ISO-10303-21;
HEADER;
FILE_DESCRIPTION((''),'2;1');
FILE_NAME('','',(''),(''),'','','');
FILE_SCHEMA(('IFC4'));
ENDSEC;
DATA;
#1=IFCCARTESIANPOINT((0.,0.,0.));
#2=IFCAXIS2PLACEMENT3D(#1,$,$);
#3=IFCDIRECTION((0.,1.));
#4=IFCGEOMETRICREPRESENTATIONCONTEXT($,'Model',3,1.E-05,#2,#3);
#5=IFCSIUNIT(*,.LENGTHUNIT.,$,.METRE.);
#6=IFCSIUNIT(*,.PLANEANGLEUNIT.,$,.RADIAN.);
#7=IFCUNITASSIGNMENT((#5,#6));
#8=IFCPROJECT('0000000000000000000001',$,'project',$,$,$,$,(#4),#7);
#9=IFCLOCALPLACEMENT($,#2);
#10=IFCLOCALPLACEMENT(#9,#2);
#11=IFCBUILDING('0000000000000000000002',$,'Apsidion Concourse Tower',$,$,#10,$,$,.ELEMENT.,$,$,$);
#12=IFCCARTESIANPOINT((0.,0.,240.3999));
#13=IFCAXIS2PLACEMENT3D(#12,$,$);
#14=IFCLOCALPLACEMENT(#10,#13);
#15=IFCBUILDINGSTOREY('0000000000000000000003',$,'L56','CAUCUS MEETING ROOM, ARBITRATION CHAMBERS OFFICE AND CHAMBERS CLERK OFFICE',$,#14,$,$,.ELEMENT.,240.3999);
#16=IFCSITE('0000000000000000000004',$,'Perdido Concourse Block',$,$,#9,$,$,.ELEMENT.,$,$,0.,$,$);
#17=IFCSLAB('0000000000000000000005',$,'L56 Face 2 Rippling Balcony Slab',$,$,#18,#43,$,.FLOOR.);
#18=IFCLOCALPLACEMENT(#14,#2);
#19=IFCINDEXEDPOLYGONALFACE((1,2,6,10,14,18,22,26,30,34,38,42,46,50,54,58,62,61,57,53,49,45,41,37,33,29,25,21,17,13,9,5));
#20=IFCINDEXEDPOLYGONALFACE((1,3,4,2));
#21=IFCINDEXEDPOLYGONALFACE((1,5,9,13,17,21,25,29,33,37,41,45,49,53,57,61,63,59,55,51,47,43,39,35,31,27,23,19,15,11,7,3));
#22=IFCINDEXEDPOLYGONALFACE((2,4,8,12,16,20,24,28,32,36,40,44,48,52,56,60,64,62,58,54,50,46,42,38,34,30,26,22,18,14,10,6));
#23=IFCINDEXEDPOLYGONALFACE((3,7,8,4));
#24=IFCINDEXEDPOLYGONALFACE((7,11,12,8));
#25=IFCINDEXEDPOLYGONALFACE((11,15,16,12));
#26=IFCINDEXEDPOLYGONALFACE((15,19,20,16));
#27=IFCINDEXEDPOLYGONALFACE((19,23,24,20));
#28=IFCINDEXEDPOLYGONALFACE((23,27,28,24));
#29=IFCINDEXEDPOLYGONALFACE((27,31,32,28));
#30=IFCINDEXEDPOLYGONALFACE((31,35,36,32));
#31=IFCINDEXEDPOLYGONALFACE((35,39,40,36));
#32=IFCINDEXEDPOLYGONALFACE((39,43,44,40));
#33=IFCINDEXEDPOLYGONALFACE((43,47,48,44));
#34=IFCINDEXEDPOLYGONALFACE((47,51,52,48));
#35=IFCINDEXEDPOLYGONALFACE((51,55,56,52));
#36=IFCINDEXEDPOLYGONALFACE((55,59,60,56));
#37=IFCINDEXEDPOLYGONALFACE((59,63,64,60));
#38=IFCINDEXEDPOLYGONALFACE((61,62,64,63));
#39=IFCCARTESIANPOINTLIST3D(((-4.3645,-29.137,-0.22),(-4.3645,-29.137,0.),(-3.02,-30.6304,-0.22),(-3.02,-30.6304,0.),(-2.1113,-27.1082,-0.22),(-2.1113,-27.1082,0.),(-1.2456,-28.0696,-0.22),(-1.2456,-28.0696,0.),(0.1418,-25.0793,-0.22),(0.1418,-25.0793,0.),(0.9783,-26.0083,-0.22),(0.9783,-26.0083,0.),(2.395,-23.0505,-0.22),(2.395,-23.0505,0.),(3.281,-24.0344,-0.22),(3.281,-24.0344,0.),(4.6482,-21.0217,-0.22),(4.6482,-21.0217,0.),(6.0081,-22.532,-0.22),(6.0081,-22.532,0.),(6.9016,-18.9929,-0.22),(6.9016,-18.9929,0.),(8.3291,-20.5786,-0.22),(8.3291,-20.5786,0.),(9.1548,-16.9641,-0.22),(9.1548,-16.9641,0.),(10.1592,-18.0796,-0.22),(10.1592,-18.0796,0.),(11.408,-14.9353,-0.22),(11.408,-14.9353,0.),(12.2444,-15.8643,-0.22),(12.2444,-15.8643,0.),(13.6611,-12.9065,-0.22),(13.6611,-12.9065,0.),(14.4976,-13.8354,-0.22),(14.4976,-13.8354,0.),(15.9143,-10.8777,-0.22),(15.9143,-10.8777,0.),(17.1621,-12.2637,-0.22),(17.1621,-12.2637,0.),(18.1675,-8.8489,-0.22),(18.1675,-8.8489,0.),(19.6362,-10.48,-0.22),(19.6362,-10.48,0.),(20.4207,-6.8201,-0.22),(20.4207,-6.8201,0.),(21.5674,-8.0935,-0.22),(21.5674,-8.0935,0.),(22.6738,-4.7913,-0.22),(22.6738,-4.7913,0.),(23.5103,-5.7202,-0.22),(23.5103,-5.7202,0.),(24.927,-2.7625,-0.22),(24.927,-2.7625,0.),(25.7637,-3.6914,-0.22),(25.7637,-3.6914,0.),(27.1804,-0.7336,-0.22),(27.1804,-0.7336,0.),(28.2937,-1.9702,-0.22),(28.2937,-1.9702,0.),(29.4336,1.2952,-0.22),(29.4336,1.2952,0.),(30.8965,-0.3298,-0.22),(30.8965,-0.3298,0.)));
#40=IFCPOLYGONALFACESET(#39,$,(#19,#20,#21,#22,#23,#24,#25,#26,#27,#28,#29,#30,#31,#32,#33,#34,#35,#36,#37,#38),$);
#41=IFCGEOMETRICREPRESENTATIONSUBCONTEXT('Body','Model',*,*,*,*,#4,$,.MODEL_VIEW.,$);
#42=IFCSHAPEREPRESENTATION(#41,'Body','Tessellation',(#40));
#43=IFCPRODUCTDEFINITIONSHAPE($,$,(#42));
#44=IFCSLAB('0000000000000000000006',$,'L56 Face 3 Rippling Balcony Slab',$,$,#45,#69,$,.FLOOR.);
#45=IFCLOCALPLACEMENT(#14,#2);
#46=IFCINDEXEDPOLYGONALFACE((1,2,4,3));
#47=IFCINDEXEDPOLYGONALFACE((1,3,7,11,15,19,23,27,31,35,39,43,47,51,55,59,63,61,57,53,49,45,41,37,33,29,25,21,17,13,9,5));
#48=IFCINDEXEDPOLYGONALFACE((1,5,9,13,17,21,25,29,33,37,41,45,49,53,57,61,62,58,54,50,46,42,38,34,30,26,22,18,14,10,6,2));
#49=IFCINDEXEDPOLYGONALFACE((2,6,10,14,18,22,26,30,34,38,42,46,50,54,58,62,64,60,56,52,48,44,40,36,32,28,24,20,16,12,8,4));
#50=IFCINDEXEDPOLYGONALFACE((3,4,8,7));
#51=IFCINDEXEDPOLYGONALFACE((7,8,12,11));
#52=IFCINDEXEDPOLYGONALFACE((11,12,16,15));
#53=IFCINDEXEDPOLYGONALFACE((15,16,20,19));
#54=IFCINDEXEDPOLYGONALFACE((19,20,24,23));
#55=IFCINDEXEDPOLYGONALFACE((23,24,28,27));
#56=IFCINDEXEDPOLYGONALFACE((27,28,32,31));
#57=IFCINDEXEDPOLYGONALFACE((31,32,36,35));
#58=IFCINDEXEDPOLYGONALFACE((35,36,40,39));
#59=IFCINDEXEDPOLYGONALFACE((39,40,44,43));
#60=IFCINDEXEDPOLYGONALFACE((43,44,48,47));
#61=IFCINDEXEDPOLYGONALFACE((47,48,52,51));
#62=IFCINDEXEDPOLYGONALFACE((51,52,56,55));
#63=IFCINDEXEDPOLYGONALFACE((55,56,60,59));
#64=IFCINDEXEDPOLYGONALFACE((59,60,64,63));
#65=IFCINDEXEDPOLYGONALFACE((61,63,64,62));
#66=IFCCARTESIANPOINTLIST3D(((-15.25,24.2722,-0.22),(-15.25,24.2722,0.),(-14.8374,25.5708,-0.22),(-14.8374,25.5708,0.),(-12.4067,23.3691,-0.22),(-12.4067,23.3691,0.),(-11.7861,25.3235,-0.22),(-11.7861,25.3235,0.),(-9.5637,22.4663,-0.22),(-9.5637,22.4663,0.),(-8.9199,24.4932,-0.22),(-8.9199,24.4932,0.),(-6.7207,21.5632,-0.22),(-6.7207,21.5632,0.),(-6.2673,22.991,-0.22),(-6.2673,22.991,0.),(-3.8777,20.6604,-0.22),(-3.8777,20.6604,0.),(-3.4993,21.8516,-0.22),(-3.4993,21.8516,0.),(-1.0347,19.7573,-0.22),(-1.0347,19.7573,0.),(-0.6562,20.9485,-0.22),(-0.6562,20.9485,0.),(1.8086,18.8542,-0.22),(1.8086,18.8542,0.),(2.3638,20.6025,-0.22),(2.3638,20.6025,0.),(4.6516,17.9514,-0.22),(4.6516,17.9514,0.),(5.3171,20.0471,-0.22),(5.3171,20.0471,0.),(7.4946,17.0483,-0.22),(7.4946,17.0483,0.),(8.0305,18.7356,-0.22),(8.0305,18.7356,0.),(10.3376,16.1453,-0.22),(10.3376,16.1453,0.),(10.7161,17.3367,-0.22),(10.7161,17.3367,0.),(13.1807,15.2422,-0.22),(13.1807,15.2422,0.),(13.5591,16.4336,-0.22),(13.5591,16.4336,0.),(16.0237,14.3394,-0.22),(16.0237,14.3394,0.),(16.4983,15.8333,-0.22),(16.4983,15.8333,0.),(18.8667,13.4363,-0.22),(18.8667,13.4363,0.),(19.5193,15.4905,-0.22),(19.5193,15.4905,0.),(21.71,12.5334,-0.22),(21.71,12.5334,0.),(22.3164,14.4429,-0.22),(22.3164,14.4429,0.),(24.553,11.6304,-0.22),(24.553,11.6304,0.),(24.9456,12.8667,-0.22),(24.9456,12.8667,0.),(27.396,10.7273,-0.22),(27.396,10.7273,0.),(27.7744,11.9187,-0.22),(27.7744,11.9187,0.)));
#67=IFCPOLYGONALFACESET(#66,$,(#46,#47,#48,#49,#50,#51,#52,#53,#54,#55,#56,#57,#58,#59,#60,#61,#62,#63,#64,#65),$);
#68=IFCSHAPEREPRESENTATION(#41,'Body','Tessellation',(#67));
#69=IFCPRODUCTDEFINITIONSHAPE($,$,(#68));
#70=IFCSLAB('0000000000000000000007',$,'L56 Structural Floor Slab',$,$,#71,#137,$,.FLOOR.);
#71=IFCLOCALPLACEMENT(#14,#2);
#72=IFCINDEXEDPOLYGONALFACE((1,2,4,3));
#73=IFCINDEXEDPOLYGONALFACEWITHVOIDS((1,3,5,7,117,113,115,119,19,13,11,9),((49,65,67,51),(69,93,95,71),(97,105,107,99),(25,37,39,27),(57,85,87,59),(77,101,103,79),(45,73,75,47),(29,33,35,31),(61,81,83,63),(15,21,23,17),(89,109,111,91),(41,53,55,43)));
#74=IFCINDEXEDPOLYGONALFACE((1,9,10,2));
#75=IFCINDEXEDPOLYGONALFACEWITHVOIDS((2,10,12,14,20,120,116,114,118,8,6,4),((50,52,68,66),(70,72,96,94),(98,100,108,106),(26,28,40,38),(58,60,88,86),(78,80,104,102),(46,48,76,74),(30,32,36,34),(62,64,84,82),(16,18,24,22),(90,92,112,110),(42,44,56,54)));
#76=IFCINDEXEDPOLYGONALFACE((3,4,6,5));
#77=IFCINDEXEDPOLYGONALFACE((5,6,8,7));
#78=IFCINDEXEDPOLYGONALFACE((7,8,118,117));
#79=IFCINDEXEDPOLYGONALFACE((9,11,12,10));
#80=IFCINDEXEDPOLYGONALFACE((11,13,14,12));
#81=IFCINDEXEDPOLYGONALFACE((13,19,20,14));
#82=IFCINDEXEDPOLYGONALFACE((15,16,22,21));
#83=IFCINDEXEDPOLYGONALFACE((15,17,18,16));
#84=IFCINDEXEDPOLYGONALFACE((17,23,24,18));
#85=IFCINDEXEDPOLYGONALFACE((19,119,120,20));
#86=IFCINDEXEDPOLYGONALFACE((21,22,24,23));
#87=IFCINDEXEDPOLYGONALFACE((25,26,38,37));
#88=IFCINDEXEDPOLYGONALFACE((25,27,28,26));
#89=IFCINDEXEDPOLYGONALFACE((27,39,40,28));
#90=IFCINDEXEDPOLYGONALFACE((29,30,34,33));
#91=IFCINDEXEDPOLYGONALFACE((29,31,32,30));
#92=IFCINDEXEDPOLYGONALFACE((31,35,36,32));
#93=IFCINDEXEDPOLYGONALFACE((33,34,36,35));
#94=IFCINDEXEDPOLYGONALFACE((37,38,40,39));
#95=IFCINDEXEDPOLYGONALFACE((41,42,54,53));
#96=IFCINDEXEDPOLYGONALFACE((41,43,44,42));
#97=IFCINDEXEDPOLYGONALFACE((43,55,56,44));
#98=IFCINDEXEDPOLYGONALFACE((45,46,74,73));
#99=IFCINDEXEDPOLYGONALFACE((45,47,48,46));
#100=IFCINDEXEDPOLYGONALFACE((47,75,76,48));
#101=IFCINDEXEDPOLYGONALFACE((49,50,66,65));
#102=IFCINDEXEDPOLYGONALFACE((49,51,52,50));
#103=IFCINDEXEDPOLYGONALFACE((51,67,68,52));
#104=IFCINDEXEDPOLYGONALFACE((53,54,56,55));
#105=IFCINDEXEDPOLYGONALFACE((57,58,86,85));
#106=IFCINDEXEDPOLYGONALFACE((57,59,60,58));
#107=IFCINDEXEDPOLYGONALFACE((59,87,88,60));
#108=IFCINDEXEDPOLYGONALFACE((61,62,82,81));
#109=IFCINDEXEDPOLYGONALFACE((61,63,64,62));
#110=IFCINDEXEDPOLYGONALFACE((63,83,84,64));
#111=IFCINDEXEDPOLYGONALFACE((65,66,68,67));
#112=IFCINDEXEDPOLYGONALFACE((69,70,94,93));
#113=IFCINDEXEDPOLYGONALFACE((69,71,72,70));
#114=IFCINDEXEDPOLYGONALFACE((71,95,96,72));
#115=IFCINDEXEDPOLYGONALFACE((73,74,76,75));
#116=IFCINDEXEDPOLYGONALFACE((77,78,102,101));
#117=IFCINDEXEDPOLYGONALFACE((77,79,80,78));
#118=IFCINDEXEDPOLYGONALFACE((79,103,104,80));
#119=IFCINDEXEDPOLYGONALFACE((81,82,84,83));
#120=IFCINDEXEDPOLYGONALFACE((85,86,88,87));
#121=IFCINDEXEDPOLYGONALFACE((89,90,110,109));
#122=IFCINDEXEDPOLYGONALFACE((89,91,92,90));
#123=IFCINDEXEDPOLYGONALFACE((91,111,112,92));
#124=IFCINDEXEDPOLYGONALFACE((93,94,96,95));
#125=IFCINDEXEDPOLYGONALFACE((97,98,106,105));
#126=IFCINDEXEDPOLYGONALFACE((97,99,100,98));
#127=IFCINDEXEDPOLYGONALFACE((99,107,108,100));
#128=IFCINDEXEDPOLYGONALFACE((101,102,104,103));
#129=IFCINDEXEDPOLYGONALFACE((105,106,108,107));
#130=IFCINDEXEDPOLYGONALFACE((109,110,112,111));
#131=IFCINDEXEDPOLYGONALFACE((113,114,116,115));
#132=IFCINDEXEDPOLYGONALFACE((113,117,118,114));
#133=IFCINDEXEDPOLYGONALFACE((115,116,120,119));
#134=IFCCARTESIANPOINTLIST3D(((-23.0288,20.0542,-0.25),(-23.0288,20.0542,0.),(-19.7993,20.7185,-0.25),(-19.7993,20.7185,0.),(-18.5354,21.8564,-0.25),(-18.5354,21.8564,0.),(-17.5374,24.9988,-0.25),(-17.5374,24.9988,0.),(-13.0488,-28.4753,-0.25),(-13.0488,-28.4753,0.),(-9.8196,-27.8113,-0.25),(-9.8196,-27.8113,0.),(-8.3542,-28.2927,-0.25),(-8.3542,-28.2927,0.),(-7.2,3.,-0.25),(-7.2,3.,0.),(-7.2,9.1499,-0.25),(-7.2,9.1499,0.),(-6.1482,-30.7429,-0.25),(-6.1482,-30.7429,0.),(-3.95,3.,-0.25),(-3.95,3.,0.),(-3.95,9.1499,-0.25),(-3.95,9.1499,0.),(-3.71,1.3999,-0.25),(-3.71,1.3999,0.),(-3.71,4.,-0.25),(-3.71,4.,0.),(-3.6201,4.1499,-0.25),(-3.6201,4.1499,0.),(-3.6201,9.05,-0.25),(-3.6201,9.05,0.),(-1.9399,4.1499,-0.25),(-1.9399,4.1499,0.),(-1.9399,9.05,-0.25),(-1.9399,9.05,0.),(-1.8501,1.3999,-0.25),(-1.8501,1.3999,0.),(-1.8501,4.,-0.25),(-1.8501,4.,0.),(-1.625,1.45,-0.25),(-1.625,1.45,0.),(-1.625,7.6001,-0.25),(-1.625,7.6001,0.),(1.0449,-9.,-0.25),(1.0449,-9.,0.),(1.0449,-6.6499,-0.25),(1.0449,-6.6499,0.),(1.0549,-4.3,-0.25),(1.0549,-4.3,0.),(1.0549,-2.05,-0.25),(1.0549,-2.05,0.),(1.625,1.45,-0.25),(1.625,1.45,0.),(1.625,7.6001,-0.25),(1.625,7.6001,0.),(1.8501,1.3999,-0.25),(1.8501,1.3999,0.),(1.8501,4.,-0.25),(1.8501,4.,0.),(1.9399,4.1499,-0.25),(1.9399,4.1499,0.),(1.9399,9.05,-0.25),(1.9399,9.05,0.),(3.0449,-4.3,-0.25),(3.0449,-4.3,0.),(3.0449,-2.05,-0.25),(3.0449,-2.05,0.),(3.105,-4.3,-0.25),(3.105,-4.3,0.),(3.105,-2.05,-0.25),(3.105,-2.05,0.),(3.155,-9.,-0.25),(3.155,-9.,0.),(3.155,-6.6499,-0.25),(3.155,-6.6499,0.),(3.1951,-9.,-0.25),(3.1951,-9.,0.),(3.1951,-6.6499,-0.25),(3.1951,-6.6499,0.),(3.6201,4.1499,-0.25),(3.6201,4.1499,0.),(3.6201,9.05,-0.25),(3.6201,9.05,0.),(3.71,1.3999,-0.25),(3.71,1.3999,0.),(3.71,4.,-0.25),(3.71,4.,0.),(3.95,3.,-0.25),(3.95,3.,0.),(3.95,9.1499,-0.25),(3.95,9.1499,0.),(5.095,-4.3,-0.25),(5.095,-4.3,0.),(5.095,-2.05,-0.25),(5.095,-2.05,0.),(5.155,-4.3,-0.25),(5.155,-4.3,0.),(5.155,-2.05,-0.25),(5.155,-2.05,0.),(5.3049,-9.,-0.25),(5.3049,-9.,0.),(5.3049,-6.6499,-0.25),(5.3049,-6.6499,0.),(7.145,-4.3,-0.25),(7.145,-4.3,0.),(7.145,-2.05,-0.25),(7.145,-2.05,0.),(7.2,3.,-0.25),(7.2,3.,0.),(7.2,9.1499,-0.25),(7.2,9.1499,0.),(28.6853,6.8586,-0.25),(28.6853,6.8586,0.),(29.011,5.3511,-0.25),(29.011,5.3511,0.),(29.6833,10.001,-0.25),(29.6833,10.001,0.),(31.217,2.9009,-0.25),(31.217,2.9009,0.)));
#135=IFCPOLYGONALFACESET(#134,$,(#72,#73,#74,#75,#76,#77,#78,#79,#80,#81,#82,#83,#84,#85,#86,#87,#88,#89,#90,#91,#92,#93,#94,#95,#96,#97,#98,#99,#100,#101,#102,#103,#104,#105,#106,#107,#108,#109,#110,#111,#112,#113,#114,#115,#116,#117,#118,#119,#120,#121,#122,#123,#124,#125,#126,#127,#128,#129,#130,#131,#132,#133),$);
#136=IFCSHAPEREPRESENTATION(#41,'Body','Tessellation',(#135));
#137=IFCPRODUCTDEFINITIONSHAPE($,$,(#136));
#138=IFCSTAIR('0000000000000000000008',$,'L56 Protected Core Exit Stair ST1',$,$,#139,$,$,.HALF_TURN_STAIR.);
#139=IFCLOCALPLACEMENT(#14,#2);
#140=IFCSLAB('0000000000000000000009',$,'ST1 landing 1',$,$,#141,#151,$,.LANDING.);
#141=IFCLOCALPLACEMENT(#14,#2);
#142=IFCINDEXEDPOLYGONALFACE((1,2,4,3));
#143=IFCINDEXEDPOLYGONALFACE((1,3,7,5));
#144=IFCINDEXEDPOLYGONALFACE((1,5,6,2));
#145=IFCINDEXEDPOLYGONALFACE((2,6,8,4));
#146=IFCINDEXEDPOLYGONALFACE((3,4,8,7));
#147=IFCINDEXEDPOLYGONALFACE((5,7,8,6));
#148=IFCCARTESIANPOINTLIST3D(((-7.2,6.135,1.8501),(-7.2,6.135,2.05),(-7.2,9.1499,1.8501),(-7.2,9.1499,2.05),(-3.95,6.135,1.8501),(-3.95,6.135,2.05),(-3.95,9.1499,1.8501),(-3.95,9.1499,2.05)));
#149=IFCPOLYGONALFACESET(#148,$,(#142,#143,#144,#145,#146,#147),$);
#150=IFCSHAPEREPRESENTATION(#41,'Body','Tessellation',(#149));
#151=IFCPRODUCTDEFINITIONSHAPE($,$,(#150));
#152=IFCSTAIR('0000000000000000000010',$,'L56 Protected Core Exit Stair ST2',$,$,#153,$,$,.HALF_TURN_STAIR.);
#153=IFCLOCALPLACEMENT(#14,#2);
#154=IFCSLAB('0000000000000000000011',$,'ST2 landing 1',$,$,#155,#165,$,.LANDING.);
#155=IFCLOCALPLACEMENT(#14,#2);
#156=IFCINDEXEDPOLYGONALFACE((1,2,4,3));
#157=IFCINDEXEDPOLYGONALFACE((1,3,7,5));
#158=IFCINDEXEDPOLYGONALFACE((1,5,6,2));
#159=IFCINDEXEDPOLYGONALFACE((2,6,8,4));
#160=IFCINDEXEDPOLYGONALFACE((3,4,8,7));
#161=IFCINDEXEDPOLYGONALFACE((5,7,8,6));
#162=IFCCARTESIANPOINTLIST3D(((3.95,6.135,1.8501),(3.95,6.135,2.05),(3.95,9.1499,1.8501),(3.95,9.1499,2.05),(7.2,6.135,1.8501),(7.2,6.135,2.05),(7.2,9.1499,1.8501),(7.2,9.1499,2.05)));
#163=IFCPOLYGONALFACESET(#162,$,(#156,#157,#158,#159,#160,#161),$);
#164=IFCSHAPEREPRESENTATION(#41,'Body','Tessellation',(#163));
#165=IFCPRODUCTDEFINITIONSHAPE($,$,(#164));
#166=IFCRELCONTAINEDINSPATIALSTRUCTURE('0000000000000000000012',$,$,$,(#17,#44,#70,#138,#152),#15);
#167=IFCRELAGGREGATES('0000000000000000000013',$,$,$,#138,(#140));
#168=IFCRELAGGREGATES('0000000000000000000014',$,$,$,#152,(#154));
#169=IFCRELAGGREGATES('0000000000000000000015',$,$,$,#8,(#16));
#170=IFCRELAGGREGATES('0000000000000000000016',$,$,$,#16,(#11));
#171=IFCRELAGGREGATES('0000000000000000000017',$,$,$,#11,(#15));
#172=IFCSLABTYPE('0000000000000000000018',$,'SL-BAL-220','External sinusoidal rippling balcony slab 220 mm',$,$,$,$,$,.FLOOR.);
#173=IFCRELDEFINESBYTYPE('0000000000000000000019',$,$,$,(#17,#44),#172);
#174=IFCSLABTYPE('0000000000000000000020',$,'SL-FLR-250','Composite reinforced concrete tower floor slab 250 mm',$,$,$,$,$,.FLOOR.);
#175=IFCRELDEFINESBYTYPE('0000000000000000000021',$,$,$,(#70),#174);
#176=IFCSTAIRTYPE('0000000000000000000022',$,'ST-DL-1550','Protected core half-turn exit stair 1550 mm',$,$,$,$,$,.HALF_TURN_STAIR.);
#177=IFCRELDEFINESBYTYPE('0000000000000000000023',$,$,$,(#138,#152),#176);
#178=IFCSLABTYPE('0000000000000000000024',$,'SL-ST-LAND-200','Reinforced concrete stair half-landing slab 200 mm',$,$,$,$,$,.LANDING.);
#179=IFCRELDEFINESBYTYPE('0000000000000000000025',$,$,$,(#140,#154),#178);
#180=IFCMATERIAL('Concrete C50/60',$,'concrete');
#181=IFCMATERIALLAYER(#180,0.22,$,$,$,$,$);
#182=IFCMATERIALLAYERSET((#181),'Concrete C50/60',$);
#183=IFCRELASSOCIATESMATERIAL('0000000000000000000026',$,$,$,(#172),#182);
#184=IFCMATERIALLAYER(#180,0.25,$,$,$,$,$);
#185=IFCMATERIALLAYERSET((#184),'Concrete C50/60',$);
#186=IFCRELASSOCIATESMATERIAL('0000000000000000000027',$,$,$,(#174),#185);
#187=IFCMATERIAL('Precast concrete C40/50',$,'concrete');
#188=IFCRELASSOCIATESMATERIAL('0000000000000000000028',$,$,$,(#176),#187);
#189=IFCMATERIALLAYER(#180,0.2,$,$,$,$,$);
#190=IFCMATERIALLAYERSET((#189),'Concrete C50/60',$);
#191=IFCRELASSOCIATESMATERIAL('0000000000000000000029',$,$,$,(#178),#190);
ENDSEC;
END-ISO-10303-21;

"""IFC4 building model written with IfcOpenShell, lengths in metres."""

from ifc_helpers import new_model, si_unit, direction, frame, origin, place, context, subcontext, project, spatial, polyline, outline, extrude, material, layer, layer_set, type_object, element, aggregate, save


model = new_model("IFC4")

# Units and contexts
model_context = context("Model", 3, precision=1e-05, world=origin(), true_north=direction((0.0, 1.0)))
body_context = subcontext(model_context, "Body", "Model", "MODEL_VIEW")
ifc_project = project(units=[si_unit("LENGTHUNIT", "METRE"), si_unit("PLANEANGLEUNIT", "RADIAN")], contexts=[model_context])

# Site, building, storey
site_placement = place(None, origin())
site = spatial("IfcSite", under=ifc_project, at=site_placement, Name="Perdido Concourse Block", CompositionType="ELEMENT", RefElevation=0.0)
building_placement = place(site_placement, origin())
building = spatial("IfcBuilding", under=site, at=building_placement, Name="Apsidion Concourse Tower", CompositionType="ELEMENT")
storey_placement = place(building_placement, frame((0.0, 0.0, 240.3999)))
storey = spatial("IfcBuildingStorey", under=building, at=storey_placement, Name="L56", Description="CAUCUS MEETING ROOM, ARBITRATION CHAMBERS OFFICE AND CHAMBERS CLERK OFFICE", CompositionType="ELEMENT", Elevation=240.3999)

# Shared definitions
ifc_material_1 = material(Name="Concrete C50/60", Category="concrete")

# Slabs
ifc_layer_1 = layer(ifc_material_1, 0.22)
ifc_layer_set_1 = layer_set([ifc_layer_1], Name="Concrete C50/60")
slab_type_1 = type_object("IfcSlabType", Name="SL-BAL-220", Description="External sinusoidal rippling balcony slab 220 mm", PredefinedType="FLOOR", material=ifc_layer_set_1)
slab_1_placement = place(storey_placement, frame((0.0, 0.0, -0.22)))
element("IfcSlab", 1, at=slab_1_placement, inside=storey, type_object=slab_type_1, Name="L56 Face 2 Rippling Balcony Slab", PredefinedType="FLOOR", context=body_context, shape_type="SweptSolid", body=[
    extrude(outline(polyline([(-4.3645, -29.137), (-2.1113, -27.1082), (0.1418, -25.0793), (2.395, -23.0505), (4.6482, -21.0217), (6.9016, -18.9929), (9.1548, -16.9641), (11.408, -14.9353), (13.6611, -12.9065), (15.9143, -10.8777), (18.1675, -8.8489), (20.4207, -6.8201), (22.6738, -4.7913), (24.927, -2.7625), (27.1804, -0.7336), (29.4336, 1.2952), (30.8965, -0.3298), (28.2937, -1.9702), (25.7637, -3.6914), (23.5103, -5.7202), (21.5674, -8.0935), (19.6362, -10.48), (17.1621, -12.2637), (14.4976, -13.8354), (12.2444, -15.8643), (10.1592, -18.0796), (8.3291, -20.5786), (6.0081, -22.532), (3.281, -24.0344), (0.9783, -26.0083), (-1.2456, -28.0696), (-3.02, -30.6304), (-4.3645, -29.137)])), origin(), (0.0, 0.0, 1.0), 0.22),
])
slab_2_placement = place(storey_placement, frame((0.0, 0.0, -0.22)))
element("IfcSlab", 2, at=slab_2_placement, inside=storey, type_object=slab_type_1, Name="L56 Face 3 Rippling Balcony Slab", PredefinedType="FLOOR", context=body_context, shape_type="SweptSolid", body=[
    extrude(outline(polyline([(27.396, 10.7273), (24.553, 11.6304), (21.71, 12.5334), (18.8667, 13.4363), (16.0237, 14.3394), (13.1807, 15.2422), (10.3376, 16.1453), (7.4946, 17.0483), (4.6516, 17.9514), (1.8086, 18.8542), (-1.0347, 19.7573), (-3.8777, 20.6604), (-6.7207, 21.5632), (-9.5637, 22.4663), (-12.4067, 23.3691), (-15.25, 24.2722), (-14.8374, 25.5708), (-11.7861, 25.3235), (-8.9199, 24.4932), (-6.2673, 22.991), (-3.4993, 21.8516), (-0.6562, 20.9485), (2.3638, 20.6025), (5.3171, 20.0471), (8.0305, 18.7356), (10.7161, 17.3367), (13.5591, 16.4336), (16.4983, 15.8333), (19.5193, 15.4905), (22.3164, 14.4429), (24.9456, 12.8667), (27.7744, 11.9187), (27.396, 10.7273)])), origin(), (0.0, 0.0, 1.0), 0.22),
])
ifc_layer_2 = layer(ifc_material_1, 0.25)
ifc_layer_set_2 = layer_set([ifc_layer_2], Name="Concrete C50/60")
slab_type_2 = type_object("IfcSlabType", Name="SL-FLR-250", Description="Composite reinforced concrete tower floor slab 250 mm", PredefinedType="FLOOR", material=ifc_layer_set_2)
slab_3_placement = place(storey_placement, frame((0.0, 0.0, -0.25)))
element("IfcSlab", 3, at=slab_3_placement, inside=storey, type_object=slab_type_2, Name="L56 Structural Floor Slab", PredefinedType="FLOOR", context=body_context, shape_type="SweptSolid", body=[
    extrude(outline(polyline([(-17.5374, 24.9988), (-18.5354, 21.8564), (-19.7993, 20.7185), (-23.0288, 20.0542), (-13.0488, -28.4753), (-9.8196, -27.8113), (-8.3542, -28.2927), (-6.1482, -30.7429), (31.217, 2.9009), (29.011, 5.3511), (28.6853, 6.8586), (29.6833, 10.001), (-17.5374, 24.9988)]), holes=[polyline([(-3.95, 3.0), (-3.95, 9.1499), (-7.2, 9.1499), (-7.2, 3.0), (-3.95, 3.0)]), polyline([(7.2, 3.0), (7.2, 9.1499), (3.95, 9.1499), (3.95, 3.0), (7.2, 3.0)]), polyline([(-1.625, 7.6001), (-1.625, 1.45), (1.625, 1.45), (1.625, 7.6001), (-1.625, 7.6001)]), polyline([(1.0549, -4.3), (3.0449, -4.3), (3.0449, -2.05), (1.0549, -2.05), (1.0549, -4.3)]), polyline([(3.105, -4.3), (5.095, -4.3), (5.095, -2.05), (3.105, -2.05), (3.105, -4.3)]), polyline([(5.155, -4.3), (7.145, -4.3), (7.145, -2.05), (5.155, -2.05), (5.155, -4.3)]), polyline([(1.0449, -9.0), (3.155, -9.0), (3.155, -6.6499), (1.0449, -6.6499), (1.0449, -9.0)]), polyline([(3.1951, -9.0), (5.3049, -9.0), (5.3049, -6.6499), (3.1951, -6.6499), (3.1951, -9.0)]), polyline([(-3.71, 1.3999), (-1.8501, 1.3999), (-1.8501, 4.0), (-3.71, 4.0), (-3.71, 1.3999)]), polyline([(1.8501, 1.3999), (3.71, 1.3999), (3.71, 4.0), (1.8501, 4.0), (1.8501, 1.3999)]), polyline([(-3.6201, 4.1499), (-1.9399, 4.1499), (-1.9399, 9.05), (-3.6201, 9.05), (-3.6201, 4.1499)]), polyline([(1.9399, 4.1499), (3.6201, 4.1499), (3.6201, 9.05), (1.9399, 9.05), (1.9399, 4.1499)])]), origin(), (0.0, 0.0, 1.0), 0.25),
])

# Stairs, slabs
ifc_material_2 = material(Name="Precast concrete C40/50", Category="concrete")
stair_type = type_object("IfcStairType", Name="ST-DL-1550", Description="Protected core half-turn exit stair 1550 mm", PredefinedType="HALF_TURN_STAIR", material=ifc_material_2)
stair_1_placement = place(storey_placement, origin())
stair_1 = element("IfcStair", 4, at=stair_1_placement, inside=storey, type_object=stair_type, Name="L56 Protected Core Exit Stair ST1", PredefinedType="HALF_TURN_STAIR")
ifc_layer_3 = layer(ifc_material_1, 0.2)
ifc_layer_set_3 = layer_set([ifc_layer_3], Name="Concrete C50/60")
slab_type_3 = type_object("IfcSlabType", Name="SL-ST-LAND-200", Description="Reinforced concrete stair half-landing slab 200 mm", PredefinedType="LANDING", material=ifc_layer_set_3)
slab_4_placement = place(storey_placement, frame((0.0, 0.0, 1.8501)))
slab_4 = element("IfcSlab", 5, at=slab_4_placement, type_object=slab_type_3, Name="ST1 landing 1", PredefinedType="LANDING", context=body_context, shape_type="SweptSolid", body=[
    extrude(outline(polyline([(-3.95, 6.135), (-3.95, 9.1499), (-7.2, 9.1499), (-7.2, 6.135), (-3.95, 6.135)])), origin(), (0.0, 0.0, 1.0), 0.2),
])
aggregate(stair_1, [slab_4])
stair_2_placement = place(storey_placement, origin())
stair_2 = element("IfcStair", 6, at=stair_2_placement, inside=storey, type_object=stair_type, Name="L56 Protected Core Exit Stair ST2", PredefinedType="HALF_TURN_STAIR")
slab_5_placement = place(storey_placement, frame((0.0, 0.0, 1.8501)))
slab_5 = element("IfcSlab", 7, at=slab_5_placement, type_object=slab_type_3, Name="ST2 landing 1", PredefinedType="LANDING", context=body_context, shape_type="SweptSolid", body=[
    extrude(outline(polyline([(7.2, 6.135), (7.2, 9.1499), (3.95, 9.1499), (3.95, 6.135), (7.2, 6.135)])), origin(), (0.0, 0.0, 1.0), 0.2),
])
aggregate(stair_2, [slab_5])

save(model, "model.ifc")
